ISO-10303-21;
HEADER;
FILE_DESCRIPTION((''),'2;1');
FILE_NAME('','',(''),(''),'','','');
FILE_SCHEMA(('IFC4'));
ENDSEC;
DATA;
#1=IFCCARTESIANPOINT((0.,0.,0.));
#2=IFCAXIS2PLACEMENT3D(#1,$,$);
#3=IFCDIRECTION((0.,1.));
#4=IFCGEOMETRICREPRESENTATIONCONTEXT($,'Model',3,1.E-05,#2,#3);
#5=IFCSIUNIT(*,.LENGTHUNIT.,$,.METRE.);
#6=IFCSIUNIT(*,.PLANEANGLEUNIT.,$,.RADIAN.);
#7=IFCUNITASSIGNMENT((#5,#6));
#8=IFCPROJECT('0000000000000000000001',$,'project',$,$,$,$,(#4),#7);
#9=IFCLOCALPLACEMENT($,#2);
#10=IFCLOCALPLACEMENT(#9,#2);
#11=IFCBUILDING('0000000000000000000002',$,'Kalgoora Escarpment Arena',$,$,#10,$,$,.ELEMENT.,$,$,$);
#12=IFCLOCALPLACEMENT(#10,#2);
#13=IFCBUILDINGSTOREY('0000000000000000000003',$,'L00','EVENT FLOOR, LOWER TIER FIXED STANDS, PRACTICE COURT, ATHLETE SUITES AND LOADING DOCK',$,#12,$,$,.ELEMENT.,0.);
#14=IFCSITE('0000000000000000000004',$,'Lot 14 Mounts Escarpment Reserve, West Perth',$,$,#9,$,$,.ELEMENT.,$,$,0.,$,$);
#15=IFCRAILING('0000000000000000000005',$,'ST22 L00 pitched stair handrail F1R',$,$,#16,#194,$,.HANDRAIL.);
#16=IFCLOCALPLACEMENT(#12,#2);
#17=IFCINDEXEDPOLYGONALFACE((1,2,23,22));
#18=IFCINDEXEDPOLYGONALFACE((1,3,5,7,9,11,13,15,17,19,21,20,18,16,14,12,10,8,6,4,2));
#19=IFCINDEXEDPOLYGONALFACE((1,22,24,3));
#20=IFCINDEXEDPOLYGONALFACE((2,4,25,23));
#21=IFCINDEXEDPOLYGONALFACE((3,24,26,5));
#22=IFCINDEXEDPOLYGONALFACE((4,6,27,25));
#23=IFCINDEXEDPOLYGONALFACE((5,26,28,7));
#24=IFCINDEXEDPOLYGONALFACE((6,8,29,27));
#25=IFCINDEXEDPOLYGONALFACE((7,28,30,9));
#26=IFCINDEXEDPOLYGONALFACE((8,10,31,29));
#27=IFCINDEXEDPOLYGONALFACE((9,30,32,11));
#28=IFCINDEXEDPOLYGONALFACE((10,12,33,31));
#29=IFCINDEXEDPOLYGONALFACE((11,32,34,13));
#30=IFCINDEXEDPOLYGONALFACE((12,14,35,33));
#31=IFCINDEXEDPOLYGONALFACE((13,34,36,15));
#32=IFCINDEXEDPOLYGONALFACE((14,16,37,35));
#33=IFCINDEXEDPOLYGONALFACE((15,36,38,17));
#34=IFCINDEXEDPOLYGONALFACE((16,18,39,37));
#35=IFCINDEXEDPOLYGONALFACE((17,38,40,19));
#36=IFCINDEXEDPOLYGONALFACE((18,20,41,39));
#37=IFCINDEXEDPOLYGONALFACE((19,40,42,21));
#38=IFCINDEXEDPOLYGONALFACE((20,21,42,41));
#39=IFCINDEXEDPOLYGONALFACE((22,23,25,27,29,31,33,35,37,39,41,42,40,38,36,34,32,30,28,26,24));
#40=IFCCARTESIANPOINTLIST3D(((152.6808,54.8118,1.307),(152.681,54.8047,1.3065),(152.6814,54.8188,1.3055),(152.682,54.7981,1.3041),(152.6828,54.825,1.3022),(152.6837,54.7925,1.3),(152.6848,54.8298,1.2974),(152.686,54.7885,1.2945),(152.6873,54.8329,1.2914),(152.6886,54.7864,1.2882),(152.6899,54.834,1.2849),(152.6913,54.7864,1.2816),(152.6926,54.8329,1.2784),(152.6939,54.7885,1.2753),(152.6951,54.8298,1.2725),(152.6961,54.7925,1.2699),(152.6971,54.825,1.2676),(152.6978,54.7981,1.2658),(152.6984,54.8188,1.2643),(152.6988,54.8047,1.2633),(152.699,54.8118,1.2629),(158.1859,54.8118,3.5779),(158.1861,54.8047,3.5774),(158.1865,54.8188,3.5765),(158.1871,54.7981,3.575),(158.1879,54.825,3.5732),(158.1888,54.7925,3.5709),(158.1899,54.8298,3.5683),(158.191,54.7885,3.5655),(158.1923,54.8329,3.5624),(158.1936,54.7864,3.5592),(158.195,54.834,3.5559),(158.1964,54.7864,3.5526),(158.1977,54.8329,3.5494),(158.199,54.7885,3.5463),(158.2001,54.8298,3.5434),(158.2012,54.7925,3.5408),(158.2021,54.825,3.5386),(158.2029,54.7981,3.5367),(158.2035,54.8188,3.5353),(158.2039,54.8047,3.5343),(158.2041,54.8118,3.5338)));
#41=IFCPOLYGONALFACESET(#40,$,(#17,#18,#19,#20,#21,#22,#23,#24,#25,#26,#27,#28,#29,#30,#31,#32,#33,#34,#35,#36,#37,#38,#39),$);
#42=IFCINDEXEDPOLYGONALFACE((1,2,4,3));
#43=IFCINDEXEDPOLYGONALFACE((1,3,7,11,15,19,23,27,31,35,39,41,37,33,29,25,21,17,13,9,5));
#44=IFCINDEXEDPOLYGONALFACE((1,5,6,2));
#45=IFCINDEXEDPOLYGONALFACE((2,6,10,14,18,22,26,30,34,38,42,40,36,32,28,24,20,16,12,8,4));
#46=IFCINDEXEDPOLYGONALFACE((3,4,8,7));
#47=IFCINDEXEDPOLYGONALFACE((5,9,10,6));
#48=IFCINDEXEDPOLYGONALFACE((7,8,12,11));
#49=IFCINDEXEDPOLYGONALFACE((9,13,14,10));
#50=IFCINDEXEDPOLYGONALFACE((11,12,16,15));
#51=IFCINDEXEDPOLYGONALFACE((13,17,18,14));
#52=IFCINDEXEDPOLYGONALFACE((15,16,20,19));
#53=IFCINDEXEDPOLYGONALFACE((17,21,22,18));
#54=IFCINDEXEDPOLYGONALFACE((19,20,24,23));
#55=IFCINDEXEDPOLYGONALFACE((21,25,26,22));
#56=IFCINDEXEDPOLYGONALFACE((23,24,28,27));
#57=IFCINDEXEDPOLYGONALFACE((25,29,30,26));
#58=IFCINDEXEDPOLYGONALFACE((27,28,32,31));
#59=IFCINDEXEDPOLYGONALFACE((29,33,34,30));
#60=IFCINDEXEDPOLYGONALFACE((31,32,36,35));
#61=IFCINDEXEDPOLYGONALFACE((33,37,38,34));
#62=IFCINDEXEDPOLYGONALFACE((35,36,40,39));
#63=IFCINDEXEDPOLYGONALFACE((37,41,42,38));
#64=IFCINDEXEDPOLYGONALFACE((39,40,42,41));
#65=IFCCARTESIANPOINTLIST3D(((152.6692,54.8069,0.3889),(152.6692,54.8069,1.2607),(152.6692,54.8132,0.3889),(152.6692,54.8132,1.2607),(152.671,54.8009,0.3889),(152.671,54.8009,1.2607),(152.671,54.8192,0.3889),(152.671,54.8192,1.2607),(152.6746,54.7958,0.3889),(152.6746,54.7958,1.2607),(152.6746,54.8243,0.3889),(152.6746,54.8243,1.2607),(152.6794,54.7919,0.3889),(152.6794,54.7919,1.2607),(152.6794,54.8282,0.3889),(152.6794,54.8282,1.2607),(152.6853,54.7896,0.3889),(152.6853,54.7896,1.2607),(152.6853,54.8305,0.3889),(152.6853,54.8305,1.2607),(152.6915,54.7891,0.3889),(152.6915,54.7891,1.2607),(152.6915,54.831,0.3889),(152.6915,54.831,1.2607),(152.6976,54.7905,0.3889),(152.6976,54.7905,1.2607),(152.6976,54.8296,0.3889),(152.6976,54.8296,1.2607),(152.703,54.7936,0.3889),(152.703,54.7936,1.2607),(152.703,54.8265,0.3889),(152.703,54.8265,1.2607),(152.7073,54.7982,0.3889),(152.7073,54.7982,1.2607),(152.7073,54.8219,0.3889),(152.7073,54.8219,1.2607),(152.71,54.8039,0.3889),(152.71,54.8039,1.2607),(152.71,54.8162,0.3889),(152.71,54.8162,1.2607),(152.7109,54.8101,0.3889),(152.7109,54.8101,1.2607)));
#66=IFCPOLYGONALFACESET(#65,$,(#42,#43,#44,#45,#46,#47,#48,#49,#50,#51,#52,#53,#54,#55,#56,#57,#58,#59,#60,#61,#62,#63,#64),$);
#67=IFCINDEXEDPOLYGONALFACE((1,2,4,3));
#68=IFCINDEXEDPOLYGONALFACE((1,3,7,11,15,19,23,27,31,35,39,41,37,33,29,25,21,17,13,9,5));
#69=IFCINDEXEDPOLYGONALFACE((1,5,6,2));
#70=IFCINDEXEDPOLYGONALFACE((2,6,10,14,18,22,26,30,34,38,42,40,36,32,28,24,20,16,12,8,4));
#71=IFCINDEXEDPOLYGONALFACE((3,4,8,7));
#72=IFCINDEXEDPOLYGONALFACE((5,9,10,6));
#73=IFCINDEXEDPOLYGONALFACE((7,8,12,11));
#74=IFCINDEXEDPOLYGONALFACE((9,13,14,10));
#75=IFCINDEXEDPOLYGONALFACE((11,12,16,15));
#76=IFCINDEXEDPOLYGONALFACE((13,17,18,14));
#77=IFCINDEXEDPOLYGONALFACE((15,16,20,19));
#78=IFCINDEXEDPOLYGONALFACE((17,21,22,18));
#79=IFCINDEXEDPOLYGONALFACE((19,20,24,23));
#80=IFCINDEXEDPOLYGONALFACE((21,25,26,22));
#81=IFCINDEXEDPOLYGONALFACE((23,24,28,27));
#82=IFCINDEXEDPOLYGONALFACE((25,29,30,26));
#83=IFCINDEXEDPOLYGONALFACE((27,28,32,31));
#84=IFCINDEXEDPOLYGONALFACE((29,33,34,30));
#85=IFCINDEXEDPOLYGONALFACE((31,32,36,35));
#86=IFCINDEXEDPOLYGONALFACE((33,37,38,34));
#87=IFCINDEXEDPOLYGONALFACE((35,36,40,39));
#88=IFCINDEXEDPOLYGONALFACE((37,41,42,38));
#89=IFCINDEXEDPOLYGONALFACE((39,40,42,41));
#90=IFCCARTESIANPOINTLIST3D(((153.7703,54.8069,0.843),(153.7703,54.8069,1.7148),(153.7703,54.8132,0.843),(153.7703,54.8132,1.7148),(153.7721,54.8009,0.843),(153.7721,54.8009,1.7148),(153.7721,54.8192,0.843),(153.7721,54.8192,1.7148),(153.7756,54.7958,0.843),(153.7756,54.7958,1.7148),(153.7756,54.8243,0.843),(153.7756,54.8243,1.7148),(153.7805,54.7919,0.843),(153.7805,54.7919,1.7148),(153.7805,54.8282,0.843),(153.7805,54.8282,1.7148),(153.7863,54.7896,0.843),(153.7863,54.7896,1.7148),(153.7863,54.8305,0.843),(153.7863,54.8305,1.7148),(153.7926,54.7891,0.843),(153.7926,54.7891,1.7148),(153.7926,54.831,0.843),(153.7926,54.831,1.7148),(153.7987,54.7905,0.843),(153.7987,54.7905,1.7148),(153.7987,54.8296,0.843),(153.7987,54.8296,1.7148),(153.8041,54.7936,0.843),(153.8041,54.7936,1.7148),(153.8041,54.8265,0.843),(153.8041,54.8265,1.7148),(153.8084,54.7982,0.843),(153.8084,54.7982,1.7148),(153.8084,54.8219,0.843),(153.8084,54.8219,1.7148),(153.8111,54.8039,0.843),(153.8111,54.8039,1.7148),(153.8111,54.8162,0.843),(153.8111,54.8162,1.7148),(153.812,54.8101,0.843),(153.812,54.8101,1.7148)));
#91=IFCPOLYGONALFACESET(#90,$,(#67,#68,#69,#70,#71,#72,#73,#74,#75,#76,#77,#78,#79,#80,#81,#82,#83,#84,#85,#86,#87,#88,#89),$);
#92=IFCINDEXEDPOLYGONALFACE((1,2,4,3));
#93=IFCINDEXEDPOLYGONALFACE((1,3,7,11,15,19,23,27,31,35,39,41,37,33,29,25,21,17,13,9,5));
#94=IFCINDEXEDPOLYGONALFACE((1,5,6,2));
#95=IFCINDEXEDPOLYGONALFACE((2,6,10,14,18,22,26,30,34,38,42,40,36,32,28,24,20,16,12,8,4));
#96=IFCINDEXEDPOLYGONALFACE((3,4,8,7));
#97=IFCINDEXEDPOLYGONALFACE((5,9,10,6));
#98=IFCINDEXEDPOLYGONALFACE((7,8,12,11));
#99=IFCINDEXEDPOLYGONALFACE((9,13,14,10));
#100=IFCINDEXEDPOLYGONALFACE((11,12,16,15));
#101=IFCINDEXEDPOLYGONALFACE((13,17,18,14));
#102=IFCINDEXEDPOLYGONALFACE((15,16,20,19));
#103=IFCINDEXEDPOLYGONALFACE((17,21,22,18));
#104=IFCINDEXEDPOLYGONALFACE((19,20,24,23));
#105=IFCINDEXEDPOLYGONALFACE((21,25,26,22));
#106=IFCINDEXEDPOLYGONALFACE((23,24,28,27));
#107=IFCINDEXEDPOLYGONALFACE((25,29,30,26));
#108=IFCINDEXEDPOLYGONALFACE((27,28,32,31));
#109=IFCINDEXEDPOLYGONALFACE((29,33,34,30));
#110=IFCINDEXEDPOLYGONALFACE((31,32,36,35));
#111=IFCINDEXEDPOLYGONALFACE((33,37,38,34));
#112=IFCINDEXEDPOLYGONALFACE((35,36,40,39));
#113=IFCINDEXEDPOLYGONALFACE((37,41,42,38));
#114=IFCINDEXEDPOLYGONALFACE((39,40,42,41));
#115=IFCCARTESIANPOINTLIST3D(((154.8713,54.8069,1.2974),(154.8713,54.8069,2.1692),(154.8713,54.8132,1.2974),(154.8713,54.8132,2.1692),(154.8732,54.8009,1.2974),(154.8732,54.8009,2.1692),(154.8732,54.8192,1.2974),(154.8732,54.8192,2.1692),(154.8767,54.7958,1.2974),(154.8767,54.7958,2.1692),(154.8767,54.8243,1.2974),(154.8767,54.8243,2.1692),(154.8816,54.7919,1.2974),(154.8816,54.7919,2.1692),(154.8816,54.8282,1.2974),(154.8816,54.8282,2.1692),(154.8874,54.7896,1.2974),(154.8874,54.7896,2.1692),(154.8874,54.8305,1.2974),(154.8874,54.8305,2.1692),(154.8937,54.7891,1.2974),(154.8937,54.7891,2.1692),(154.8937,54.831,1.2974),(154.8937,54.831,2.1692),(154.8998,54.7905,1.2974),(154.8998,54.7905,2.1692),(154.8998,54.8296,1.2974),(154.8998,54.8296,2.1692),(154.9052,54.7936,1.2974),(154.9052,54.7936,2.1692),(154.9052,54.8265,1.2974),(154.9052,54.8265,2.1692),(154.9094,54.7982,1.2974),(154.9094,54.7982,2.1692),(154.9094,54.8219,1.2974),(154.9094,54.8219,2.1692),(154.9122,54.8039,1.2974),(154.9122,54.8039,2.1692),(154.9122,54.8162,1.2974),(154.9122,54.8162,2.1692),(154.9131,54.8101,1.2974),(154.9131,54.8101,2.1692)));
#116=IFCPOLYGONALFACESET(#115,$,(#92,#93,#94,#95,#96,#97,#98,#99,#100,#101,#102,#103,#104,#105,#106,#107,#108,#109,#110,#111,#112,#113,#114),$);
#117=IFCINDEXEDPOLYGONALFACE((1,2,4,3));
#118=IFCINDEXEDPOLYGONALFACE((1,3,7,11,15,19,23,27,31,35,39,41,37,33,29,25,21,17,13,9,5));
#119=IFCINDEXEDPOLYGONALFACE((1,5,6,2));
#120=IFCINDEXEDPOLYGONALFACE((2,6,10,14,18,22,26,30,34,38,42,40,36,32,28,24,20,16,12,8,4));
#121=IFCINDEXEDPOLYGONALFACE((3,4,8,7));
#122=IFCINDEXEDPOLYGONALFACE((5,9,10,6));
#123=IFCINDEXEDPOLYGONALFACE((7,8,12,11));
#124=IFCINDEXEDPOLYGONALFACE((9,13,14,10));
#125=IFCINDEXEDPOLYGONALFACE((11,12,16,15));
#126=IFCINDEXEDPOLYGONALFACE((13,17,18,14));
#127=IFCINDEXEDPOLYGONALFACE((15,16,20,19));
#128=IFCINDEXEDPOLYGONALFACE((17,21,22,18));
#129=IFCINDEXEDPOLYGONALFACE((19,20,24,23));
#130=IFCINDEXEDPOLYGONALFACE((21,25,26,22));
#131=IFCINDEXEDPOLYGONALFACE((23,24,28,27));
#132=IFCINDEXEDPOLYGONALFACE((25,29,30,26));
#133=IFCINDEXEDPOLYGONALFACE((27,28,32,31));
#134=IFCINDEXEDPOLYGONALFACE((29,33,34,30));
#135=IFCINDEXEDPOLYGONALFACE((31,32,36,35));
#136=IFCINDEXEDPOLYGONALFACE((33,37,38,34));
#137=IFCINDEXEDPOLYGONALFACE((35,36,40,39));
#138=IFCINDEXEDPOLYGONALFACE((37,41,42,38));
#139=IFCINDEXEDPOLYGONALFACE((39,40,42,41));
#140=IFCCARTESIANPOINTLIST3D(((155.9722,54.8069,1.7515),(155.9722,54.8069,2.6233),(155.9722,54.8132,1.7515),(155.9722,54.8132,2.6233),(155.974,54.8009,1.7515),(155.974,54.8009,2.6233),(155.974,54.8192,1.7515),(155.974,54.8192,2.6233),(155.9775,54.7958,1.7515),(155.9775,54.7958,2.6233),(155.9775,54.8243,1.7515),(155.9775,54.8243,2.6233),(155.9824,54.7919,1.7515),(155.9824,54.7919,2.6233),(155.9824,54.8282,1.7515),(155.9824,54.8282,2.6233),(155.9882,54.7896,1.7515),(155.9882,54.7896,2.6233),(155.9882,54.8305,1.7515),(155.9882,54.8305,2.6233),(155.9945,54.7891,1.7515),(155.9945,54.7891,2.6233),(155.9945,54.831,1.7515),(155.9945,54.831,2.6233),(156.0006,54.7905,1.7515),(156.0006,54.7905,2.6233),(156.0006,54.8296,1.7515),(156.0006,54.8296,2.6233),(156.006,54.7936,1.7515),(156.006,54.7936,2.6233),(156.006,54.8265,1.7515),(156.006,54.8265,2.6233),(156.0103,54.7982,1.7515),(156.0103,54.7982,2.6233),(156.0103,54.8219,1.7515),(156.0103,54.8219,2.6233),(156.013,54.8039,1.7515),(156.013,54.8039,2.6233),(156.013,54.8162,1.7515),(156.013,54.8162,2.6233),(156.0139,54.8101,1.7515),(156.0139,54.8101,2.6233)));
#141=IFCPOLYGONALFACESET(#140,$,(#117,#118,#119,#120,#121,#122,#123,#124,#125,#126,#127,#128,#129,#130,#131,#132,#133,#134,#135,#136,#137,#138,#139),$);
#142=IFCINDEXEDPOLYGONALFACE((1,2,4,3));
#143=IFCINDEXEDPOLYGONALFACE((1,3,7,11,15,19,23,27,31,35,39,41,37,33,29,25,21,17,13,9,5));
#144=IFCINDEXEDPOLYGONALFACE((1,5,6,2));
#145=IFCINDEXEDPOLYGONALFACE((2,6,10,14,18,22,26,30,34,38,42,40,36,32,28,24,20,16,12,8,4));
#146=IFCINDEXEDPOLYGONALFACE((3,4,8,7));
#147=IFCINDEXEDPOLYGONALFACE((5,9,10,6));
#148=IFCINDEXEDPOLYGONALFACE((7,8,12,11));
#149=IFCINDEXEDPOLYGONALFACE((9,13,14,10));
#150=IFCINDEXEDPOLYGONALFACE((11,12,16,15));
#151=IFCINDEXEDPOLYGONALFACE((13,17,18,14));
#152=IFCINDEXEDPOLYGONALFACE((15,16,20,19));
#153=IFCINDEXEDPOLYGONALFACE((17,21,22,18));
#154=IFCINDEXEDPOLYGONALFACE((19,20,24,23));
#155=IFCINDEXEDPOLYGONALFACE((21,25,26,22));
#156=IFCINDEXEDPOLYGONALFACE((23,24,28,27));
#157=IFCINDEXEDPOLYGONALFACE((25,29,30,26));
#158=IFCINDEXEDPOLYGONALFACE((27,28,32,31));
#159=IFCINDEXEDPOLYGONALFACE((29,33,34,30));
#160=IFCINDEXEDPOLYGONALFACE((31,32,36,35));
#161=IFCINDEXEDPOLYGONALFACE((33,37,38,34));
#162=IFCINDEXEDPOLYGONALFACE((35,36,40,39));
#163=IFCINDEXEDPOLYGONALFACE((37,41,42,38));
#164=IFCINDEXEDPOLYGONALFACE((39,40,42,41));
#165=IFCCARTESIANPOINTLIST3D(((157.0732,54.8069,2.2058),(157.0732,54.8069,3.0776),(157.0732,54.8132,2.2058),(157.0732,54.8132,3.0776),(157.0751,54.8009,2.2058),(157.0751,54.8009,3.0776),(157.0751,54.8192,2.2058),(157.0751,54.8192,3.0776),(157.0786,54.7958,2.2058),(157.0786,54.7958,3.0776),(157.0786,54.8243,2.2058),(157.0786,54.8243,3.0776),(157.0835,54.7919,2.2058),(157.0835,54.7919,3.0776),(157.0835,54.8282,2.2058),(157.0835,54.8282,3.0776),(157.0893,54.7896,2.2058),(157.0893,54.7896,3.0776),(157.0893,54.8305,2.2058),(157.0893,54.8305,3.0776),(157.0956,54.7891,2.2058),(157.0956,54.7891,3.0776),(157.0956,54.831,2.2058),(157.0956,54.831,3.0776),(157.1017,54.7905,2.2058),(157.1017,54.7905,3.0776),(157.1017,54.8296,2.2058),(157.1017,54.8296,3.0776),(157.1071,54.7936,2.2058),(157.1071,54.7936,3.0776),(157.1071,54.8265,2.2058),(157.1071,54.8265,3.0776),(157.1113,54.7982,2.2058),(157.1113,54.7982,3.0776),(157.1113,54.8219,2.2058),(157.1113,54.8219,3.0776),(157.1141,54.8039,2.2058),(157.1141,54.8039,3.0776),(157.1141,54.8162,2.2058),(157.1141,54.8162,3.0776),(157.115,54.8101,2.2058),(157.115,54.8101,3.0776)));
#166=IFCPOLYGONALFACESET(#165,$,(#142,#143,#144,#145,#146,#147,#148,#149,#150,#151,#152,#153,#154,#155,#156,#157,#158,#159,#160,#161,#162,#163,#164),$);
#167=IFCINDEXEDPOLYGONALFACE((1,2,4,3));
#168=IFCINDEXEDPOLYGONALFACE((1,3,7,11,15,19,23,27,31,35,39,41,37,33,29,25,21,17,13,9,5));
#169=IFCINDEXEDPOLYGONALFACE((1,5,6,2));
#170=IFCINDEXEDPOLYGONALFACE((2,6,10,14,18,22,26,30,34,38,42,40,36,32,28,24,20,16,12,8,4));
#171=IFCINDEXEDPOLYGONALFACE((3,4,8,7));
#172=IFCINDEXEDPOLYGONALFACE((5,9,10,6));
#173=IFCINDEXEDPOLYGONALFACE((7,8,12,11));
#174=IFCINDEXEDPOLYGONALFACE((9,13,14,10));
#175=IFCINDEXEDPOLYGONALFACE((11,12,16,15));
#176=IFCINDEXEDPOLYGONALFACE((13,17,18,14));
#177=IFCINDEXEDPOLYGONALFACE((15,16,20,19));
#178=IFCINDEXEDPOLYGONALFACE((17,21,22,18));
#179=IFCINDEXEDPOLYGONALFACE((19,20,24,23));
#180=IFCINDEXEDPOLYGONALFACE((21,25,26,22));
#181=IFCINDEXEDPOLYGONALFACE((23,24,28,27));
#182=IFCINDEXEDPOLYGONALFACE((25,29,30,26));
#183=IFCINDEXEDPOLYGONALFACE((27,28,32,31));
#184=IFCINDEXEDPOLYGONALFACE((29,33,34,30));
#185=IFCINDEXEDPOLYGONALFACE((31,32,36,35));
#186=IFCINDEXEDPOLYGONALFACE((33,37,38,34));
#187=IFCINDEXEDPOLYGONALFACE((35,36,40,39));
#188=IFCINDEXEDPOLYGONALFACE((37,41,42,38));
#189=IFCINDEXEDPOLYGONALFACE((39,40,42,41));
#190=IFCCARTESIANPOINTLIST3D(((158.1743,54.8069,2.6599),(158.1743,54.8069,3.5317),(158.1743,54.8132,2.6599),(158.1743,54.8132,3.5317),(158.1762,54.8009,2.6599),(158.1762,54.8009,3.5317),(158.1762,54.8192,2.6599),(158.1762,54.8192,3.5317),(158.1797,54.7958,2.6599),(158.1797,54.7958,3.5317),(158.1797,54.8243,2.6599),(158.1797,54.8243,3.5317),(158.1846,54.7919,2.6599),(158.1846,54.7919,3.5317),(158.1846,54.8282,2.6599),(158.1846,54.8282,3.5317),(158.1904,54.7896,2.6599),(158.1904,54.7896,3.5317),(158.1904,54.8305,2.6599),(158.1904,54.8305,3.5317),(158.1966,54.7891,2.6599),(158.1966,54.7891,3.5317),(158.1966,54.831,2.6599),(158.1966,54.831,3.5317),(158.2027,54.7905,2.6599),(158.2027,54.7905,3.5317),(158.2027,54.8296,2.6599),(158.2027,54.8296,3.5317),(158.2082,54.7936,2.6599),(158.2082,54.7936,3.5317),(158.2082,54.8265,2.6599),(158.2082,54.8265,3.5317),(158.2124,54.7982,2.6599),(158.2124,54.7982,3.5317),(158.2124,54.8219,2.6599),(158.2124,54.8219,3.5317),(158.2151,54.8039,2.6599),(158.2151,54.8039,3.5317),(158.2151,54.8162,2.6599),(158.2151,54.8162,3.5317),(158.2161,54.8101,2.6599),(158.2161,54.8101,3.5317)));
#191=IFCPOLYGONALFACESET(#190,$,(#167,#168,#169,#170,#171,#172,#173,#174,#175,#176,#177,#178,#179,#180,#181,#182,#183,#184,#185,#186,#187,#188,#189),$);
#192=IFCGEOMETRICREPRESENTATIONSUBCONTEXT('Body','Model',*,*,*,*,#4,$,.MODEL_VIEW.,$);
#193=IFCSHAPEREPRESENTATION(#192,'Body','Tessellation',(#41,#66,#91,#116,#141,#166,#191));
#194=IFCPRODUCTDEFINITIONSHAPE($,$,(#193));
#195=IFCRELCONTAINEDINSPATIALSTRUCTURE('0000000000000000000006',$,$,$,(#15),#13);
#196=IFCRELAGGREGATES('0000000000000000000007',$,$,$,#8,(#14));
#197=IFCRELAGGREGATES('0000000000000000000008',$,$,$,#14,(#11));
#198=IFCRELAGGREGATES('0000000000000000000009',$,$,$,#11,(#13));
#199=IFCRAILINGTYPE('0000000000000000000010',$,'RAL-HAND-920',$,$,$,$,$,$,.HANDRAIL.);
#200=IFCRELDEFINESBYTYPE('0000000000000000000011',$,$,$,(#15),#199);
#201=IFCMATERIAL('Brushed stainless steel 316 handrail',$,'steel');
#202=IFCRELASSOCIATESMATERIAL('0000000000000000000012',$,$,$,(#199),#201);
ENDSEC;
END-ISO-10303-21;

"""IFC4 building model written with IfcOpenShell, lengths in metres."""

from ifc_helpers import new_model, si_unit, direction, frame, origin, origin_2d, place, context, subcontext, project, spatial, circle, extrude, material, type_object, element, save


model = new_model("IFC4")

# Units and contexts
model_context = context("Model", 3, precision=1e-05, world=origin(), true_north=direction((0.0, 1.0)))
body_context = subcontext(model_context, "Body", "Model", "MODEL_VIEW")
ifc_project = project(units=[si_unit("LENGTHUNIT", "METRE"), si_unit("PLANEANGLEUNIT", "RADIAN")], contexts=[model_context])

# Site, building, storey
site_placement = place(None, origin())
site = spatial("IfcSite", under=ifc_project, at=site_placement, Name="Lot 14 Mounts Escarpment Reserve, West Perth", CompositionType="ELEMENT", RefElevation=0.0)
building_placement = place(site_placement, origin())
building = spatial("IfcBuilding", under=site, at=building_placement, Name="Kalgoora Escarpment Arena", CompositionType="ELEMENT")
storey_placement = place(building_placement, origin())
storey = spatial("IfcBuildingStorey", under=building, at=storey_placement, Name="L00", Description="EVENT FLOOR, LOWER TIER FIXED STANDS, PRACTICE COURT, ATHLETE SUITES AND LOADING DOCK", CompositionType="ELEMENT", Elevation=0.0)

# Railing
ifc_material_1 = material(Name="Brushed stainless steel 316 handrail", Category="steel")
railing_type = type_object("IfcRailingType", Name="RAL-HAND-920", PredefinedType="HANDRAIL", material=ifc_material_1)
for number, where, name in (
    (1, (152.6899, 54.8101, 0.3889), "ST22 L00 pitched stair handrail F1R"),
):
    element("IfcRailing", number, at=place(storey_placement, frame(where)), inside=storey, type_object=railing_type, Name=name, PredefinedType="HANDRAIL", context=body_context, shape_type="SweptSolid", body=[
        extrude(circle(Radius=0.0239, at=origin_2d()), frame((0.0, 0.0, 0.896), z_axis=(0.924431, 0.0, 0.38135), x_axis=(0.0, 1.0, 0.0)), (0.0, 0.0, 1.0), 5.9551),
        extrude(circle(Radius=0.021, at=origin_2d()), origin(), (0.0, 0.0, 1.0), 0.8718),
        extrude(circle(Radius=0.021, at=origin_2d()), frame((1.1011, 0.0, 0.4541)), (0.0, 0.0, 1.0), 0.8718),
        extrude(circle(Radius=0.021, at=origin_2d()), frame((2.2021, 0.0, 0.9084)), (0.0, 0.0, 1.0), 0.8718),
        extrude(circle(Radius=0.021, at=origin_2d()), frame((3.303, 0.0, 1.3625)), (0.0, 0.0, 1.0), 0.8718),
        extrude(circle(Radius=0.021, at=origin_2d()), frame((4.4041, 0.0, 1.8169)), (0.0, 0.0, 1.0), 0.8718),
        extrude(circle(Radius=0.021, at=origin_2d()), frame((5.5051, 0.0, 2.271)), (0.0, 0.0, 1.0), 0.8718),
    ])

save(model, "model.ifc")
